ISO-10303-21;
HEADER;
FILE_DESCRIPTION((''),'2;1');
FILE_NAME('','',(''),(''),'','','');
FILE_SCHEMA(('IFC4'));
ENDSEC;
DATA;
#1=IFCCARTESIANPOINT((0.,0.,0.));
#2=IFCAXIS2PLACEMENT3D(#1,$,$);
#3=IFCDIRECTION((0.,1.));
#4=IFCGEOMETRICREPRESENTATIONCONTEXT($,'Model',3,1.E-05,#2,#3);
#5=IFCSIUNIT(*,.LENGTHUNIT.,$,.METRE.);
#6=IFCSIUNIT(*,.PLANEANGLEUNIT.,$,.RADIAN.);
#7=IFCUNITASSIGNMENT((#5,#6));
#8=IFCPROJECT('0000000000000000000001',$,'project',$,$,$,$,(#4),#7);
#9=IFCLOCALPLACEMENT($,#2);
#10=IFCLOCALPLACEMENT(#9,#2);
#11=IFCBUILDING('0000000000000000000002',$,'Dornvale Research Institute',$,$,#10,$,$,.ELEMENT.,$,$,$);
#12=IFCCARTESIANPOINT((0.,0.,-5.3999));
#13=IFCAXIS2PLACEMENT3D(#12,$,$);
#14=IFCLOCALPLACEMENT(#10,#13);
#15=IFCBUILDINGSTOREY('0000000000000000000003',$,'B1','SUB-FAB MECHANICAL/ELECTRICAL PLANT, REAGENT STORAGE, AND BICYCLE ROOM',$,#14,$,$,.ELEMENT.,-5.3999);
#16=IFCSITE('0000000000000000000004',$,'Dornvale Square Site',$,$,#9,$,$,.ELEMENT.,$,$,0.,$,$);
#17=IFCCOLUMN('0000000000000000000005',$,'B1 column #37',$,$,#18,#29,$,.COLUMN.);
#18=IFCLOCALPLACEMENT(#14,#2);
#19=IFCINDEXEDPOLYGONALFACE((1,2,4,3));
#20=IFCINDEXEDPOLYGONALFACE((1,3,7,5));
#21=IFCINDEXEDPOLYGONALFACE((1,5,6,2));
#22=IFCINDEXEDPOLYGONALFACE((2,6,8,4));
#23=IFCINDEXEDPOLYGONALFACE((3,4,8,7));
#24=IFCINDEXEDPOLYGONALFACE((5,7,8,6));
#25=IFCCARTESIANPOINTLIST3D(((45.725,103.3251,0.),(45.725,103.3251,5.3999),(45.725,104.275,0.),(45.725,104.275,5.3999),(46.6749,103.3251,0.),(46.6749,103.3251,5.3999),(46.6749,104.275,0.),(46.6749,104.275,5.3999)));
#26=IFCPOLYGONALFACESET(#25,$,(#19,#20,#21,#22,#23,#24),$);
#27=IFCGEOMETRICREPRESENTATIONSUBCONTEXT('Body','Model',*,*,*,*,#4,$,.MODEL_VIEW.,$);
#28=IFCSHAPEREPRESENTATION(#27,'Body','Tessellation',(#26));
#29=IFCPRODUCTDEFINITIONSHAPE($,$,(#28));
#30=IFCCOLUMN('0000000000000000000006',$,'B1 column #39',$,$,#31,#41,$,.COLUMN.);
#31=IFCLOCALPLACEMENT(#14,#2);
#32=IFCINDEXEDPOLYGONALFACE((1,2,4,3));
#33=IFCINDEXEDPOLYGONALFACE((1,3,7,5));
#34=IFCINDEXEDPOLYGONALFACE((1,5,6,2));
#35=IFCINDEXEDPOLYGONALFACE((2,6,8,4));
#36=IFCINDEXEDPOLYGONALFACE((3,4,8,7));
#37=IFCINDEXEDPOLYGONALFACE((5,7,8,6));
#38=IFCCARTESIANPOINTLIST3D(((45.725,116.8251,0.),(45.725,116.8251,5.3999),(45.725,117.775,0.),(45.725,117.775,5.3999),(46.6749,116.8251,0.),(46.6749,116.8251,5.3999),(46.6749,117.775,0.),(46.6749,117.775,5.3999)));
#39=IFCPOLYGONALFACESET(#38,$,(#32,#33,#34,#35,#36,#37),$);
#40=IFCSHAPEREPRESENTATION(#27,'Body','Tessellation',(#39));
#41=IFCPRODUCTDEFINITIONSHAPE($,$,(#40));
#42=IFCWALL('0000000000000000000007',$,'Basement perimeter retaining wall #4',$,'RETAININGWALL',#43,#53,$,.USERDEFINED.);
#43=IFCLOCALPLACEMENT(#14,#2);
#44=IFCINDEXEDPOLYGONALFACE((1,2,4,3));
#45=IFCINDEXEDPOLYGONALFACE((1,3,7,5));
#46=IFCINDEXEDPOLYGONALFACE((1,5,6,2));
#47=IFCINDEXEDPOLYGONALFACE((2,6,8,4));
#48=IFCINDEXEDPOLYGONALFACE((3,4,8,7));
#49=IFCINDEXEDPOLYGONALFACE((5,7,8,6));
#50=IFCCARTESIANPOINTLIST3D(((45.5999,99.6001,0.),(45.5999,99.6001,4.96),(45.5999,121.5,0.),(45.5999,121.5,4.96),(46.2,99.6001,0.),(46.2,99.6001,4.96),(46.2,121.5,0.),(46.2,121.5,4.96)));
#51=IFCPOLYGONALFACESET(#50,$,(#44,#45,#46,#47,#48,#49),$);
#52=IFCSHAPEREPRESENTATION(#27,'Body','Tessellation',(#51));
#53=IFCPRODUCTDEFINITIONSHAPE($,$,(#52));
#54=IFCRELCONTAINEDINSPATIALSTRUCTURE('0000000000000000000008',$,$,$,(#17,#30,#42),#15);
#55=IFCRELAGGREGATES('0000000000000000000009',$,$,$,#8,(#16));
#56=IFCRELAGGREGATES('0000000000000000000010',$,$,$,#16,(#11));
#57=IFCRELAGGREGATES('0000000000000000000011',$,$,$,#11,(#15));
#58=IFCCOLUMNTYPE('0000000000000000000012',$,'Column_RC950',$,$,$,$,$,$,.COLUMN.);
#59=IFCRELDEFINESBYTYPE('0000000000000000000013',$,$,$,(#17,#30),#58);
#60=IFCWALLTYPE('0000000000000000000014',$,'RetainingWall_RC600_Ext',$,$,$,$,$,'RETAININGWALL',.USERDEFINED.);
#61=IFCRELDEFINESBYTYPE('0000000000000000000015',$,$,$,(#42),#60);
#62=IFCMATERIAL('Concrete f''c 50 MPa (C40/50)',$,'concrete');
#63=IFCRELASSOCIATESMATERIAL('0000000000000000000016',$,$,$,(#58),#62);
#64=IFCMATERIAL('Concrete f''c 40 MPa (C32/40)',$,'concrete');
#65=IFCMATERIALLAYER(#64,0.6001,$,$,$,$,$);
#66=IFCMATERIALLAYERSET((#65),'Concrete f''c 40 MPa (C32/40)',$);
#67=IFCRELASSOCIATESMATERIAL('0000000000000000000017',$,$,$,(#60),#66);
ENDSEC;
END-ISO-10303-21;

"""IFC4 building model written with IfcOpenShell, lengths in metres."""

from ifc_helpers import new_model, si_unit, direction, frame, frame_2d, origin, origin_2d, place, context, subcontext, project, spatial, rectangle, extrude, material, layer, layer_set, material_profile, profile_set, type_object, element, save


model = new_model("IFC4")

# Units and contexts
model_context = context("Model", 3, precision=1e-05, world=origin(), true_north=direction((0.0, 1.0)))
body_context = subcontext(model_context, "Body", "Model", "MODEL_VIEW")
ifc_project = project(units=[si_unit("LENGTHUNIT", "METRE"), si_unit("PLANEANGLEUNIT", "RADIAN")], contexts=[model_context])

# Site, building, storey
site_placement = place(None, origin())
site = spatial("IfcSite", under=ifc_project, at=site_placement, Name="Dornvale Square Site", CompositionType="ELEMENT", RefElevation=0.0)
building_placement = place(site_placement, origin())
building = spatial("IfcBuilding", under=site, at=building_placement, Name="Dornvale Research Institute", CompositionType="ELEMENT")
storey_placement = place(building_placement, frame((0.0, 0.0, -5.3999)))
storey = spatial("IfcBuildingStorey", under=building, at=storey_placement, Name="B1", Description="SUB-FAB MECHANICAL/ELECTRICAL PLANT, REAGENT STORAGE, AND BICYCLE ROOM", CompositionType="ELEMENT", Elevation=-5.3999)

# Columns
ifc_material_1 = material(Name="Concrete f'c 50 MPa (C40/50)", Category="concrete")
ifc_material_profile_1 = material_profile(ifc_material_1, rectangle(XDim=0.95, YDim=0.95, at=origin_2d()), Name="RC 950x950")
ifc_profile_set_1 = profile_set([ifc_material_profile_1], Name="Concrete f'c 50 MPa (C40/50)")
column_type_1 = type_object("IfcColumnType", Name="Column_RC950", PredefinedType="COLUMN", material=ifc_profile_set_1)
for number, where, z_axis, x_axis, name in (
    (1, (46.2, 103.8, 0.0), (0.0, 0.0, 1.0), (1.0, 0.0, 0.0), "B1 column #37"),
    (2, (46.2, 117.3, 0.0), (0.0, 0.0, 1.0), (1.0, 0.0, 0.0), "B1 column #39"),
):
    element("IfcColumn", number, at=place(storey_placement, frame(where, z_axis=z_axis, x_axis=x_axis)), inside=storey, type_object=column_type_1, Name=name, PredefinedType="COLUMN", context=body_context, shape_type="SweptSolid", body=[
        extrude(rectangle(XDim=0.95, YDim=0.95, at=origin_2d()), origin(), (0.0, 0.0, 1.0), 5.3999),
    ])

# Wall
ifc_material_2 = material(Name="Concrete f'c 40 MPa (C32/40)", Category="concrete")
ifc_layer = layer(ifc_material_2, 0.6001)
ifc_layer_set = layer_set([ifc_layer], Name="Concrete f'c 40 MPa (C32/40)")
wall_type = type_object("IfcWallType", Name="RetainingWall_RC600_Ext", ElementType="RETAININGWALL", PredefinedType="USERDEFINED", material=ifc_layer_set)
wall_placement = place(storey_placement, frame((45.8999, 99.6001, 0.0), z_axis=(0.0, 0.0, 1.0), x_axis=(0.0, 1.0, 0.0)))
element("IfcWall", 3, at=wall_placement, inside=storey, type_object=wall_type, Name="Basement perimeter retaining wall #4", ObjectType="RETAININGWALL", PredefinedType="USERDEFINED", context=body_context, shape_type="SweptSolid", body=[
    extrude(rectangle(XDim=21.8999, YDim=0.6001, at=frame_2d((10.95, 0.0))), origin(), (0.0, 0.0, 1.0), 4.96),
])

save(model, "model.ifc")
